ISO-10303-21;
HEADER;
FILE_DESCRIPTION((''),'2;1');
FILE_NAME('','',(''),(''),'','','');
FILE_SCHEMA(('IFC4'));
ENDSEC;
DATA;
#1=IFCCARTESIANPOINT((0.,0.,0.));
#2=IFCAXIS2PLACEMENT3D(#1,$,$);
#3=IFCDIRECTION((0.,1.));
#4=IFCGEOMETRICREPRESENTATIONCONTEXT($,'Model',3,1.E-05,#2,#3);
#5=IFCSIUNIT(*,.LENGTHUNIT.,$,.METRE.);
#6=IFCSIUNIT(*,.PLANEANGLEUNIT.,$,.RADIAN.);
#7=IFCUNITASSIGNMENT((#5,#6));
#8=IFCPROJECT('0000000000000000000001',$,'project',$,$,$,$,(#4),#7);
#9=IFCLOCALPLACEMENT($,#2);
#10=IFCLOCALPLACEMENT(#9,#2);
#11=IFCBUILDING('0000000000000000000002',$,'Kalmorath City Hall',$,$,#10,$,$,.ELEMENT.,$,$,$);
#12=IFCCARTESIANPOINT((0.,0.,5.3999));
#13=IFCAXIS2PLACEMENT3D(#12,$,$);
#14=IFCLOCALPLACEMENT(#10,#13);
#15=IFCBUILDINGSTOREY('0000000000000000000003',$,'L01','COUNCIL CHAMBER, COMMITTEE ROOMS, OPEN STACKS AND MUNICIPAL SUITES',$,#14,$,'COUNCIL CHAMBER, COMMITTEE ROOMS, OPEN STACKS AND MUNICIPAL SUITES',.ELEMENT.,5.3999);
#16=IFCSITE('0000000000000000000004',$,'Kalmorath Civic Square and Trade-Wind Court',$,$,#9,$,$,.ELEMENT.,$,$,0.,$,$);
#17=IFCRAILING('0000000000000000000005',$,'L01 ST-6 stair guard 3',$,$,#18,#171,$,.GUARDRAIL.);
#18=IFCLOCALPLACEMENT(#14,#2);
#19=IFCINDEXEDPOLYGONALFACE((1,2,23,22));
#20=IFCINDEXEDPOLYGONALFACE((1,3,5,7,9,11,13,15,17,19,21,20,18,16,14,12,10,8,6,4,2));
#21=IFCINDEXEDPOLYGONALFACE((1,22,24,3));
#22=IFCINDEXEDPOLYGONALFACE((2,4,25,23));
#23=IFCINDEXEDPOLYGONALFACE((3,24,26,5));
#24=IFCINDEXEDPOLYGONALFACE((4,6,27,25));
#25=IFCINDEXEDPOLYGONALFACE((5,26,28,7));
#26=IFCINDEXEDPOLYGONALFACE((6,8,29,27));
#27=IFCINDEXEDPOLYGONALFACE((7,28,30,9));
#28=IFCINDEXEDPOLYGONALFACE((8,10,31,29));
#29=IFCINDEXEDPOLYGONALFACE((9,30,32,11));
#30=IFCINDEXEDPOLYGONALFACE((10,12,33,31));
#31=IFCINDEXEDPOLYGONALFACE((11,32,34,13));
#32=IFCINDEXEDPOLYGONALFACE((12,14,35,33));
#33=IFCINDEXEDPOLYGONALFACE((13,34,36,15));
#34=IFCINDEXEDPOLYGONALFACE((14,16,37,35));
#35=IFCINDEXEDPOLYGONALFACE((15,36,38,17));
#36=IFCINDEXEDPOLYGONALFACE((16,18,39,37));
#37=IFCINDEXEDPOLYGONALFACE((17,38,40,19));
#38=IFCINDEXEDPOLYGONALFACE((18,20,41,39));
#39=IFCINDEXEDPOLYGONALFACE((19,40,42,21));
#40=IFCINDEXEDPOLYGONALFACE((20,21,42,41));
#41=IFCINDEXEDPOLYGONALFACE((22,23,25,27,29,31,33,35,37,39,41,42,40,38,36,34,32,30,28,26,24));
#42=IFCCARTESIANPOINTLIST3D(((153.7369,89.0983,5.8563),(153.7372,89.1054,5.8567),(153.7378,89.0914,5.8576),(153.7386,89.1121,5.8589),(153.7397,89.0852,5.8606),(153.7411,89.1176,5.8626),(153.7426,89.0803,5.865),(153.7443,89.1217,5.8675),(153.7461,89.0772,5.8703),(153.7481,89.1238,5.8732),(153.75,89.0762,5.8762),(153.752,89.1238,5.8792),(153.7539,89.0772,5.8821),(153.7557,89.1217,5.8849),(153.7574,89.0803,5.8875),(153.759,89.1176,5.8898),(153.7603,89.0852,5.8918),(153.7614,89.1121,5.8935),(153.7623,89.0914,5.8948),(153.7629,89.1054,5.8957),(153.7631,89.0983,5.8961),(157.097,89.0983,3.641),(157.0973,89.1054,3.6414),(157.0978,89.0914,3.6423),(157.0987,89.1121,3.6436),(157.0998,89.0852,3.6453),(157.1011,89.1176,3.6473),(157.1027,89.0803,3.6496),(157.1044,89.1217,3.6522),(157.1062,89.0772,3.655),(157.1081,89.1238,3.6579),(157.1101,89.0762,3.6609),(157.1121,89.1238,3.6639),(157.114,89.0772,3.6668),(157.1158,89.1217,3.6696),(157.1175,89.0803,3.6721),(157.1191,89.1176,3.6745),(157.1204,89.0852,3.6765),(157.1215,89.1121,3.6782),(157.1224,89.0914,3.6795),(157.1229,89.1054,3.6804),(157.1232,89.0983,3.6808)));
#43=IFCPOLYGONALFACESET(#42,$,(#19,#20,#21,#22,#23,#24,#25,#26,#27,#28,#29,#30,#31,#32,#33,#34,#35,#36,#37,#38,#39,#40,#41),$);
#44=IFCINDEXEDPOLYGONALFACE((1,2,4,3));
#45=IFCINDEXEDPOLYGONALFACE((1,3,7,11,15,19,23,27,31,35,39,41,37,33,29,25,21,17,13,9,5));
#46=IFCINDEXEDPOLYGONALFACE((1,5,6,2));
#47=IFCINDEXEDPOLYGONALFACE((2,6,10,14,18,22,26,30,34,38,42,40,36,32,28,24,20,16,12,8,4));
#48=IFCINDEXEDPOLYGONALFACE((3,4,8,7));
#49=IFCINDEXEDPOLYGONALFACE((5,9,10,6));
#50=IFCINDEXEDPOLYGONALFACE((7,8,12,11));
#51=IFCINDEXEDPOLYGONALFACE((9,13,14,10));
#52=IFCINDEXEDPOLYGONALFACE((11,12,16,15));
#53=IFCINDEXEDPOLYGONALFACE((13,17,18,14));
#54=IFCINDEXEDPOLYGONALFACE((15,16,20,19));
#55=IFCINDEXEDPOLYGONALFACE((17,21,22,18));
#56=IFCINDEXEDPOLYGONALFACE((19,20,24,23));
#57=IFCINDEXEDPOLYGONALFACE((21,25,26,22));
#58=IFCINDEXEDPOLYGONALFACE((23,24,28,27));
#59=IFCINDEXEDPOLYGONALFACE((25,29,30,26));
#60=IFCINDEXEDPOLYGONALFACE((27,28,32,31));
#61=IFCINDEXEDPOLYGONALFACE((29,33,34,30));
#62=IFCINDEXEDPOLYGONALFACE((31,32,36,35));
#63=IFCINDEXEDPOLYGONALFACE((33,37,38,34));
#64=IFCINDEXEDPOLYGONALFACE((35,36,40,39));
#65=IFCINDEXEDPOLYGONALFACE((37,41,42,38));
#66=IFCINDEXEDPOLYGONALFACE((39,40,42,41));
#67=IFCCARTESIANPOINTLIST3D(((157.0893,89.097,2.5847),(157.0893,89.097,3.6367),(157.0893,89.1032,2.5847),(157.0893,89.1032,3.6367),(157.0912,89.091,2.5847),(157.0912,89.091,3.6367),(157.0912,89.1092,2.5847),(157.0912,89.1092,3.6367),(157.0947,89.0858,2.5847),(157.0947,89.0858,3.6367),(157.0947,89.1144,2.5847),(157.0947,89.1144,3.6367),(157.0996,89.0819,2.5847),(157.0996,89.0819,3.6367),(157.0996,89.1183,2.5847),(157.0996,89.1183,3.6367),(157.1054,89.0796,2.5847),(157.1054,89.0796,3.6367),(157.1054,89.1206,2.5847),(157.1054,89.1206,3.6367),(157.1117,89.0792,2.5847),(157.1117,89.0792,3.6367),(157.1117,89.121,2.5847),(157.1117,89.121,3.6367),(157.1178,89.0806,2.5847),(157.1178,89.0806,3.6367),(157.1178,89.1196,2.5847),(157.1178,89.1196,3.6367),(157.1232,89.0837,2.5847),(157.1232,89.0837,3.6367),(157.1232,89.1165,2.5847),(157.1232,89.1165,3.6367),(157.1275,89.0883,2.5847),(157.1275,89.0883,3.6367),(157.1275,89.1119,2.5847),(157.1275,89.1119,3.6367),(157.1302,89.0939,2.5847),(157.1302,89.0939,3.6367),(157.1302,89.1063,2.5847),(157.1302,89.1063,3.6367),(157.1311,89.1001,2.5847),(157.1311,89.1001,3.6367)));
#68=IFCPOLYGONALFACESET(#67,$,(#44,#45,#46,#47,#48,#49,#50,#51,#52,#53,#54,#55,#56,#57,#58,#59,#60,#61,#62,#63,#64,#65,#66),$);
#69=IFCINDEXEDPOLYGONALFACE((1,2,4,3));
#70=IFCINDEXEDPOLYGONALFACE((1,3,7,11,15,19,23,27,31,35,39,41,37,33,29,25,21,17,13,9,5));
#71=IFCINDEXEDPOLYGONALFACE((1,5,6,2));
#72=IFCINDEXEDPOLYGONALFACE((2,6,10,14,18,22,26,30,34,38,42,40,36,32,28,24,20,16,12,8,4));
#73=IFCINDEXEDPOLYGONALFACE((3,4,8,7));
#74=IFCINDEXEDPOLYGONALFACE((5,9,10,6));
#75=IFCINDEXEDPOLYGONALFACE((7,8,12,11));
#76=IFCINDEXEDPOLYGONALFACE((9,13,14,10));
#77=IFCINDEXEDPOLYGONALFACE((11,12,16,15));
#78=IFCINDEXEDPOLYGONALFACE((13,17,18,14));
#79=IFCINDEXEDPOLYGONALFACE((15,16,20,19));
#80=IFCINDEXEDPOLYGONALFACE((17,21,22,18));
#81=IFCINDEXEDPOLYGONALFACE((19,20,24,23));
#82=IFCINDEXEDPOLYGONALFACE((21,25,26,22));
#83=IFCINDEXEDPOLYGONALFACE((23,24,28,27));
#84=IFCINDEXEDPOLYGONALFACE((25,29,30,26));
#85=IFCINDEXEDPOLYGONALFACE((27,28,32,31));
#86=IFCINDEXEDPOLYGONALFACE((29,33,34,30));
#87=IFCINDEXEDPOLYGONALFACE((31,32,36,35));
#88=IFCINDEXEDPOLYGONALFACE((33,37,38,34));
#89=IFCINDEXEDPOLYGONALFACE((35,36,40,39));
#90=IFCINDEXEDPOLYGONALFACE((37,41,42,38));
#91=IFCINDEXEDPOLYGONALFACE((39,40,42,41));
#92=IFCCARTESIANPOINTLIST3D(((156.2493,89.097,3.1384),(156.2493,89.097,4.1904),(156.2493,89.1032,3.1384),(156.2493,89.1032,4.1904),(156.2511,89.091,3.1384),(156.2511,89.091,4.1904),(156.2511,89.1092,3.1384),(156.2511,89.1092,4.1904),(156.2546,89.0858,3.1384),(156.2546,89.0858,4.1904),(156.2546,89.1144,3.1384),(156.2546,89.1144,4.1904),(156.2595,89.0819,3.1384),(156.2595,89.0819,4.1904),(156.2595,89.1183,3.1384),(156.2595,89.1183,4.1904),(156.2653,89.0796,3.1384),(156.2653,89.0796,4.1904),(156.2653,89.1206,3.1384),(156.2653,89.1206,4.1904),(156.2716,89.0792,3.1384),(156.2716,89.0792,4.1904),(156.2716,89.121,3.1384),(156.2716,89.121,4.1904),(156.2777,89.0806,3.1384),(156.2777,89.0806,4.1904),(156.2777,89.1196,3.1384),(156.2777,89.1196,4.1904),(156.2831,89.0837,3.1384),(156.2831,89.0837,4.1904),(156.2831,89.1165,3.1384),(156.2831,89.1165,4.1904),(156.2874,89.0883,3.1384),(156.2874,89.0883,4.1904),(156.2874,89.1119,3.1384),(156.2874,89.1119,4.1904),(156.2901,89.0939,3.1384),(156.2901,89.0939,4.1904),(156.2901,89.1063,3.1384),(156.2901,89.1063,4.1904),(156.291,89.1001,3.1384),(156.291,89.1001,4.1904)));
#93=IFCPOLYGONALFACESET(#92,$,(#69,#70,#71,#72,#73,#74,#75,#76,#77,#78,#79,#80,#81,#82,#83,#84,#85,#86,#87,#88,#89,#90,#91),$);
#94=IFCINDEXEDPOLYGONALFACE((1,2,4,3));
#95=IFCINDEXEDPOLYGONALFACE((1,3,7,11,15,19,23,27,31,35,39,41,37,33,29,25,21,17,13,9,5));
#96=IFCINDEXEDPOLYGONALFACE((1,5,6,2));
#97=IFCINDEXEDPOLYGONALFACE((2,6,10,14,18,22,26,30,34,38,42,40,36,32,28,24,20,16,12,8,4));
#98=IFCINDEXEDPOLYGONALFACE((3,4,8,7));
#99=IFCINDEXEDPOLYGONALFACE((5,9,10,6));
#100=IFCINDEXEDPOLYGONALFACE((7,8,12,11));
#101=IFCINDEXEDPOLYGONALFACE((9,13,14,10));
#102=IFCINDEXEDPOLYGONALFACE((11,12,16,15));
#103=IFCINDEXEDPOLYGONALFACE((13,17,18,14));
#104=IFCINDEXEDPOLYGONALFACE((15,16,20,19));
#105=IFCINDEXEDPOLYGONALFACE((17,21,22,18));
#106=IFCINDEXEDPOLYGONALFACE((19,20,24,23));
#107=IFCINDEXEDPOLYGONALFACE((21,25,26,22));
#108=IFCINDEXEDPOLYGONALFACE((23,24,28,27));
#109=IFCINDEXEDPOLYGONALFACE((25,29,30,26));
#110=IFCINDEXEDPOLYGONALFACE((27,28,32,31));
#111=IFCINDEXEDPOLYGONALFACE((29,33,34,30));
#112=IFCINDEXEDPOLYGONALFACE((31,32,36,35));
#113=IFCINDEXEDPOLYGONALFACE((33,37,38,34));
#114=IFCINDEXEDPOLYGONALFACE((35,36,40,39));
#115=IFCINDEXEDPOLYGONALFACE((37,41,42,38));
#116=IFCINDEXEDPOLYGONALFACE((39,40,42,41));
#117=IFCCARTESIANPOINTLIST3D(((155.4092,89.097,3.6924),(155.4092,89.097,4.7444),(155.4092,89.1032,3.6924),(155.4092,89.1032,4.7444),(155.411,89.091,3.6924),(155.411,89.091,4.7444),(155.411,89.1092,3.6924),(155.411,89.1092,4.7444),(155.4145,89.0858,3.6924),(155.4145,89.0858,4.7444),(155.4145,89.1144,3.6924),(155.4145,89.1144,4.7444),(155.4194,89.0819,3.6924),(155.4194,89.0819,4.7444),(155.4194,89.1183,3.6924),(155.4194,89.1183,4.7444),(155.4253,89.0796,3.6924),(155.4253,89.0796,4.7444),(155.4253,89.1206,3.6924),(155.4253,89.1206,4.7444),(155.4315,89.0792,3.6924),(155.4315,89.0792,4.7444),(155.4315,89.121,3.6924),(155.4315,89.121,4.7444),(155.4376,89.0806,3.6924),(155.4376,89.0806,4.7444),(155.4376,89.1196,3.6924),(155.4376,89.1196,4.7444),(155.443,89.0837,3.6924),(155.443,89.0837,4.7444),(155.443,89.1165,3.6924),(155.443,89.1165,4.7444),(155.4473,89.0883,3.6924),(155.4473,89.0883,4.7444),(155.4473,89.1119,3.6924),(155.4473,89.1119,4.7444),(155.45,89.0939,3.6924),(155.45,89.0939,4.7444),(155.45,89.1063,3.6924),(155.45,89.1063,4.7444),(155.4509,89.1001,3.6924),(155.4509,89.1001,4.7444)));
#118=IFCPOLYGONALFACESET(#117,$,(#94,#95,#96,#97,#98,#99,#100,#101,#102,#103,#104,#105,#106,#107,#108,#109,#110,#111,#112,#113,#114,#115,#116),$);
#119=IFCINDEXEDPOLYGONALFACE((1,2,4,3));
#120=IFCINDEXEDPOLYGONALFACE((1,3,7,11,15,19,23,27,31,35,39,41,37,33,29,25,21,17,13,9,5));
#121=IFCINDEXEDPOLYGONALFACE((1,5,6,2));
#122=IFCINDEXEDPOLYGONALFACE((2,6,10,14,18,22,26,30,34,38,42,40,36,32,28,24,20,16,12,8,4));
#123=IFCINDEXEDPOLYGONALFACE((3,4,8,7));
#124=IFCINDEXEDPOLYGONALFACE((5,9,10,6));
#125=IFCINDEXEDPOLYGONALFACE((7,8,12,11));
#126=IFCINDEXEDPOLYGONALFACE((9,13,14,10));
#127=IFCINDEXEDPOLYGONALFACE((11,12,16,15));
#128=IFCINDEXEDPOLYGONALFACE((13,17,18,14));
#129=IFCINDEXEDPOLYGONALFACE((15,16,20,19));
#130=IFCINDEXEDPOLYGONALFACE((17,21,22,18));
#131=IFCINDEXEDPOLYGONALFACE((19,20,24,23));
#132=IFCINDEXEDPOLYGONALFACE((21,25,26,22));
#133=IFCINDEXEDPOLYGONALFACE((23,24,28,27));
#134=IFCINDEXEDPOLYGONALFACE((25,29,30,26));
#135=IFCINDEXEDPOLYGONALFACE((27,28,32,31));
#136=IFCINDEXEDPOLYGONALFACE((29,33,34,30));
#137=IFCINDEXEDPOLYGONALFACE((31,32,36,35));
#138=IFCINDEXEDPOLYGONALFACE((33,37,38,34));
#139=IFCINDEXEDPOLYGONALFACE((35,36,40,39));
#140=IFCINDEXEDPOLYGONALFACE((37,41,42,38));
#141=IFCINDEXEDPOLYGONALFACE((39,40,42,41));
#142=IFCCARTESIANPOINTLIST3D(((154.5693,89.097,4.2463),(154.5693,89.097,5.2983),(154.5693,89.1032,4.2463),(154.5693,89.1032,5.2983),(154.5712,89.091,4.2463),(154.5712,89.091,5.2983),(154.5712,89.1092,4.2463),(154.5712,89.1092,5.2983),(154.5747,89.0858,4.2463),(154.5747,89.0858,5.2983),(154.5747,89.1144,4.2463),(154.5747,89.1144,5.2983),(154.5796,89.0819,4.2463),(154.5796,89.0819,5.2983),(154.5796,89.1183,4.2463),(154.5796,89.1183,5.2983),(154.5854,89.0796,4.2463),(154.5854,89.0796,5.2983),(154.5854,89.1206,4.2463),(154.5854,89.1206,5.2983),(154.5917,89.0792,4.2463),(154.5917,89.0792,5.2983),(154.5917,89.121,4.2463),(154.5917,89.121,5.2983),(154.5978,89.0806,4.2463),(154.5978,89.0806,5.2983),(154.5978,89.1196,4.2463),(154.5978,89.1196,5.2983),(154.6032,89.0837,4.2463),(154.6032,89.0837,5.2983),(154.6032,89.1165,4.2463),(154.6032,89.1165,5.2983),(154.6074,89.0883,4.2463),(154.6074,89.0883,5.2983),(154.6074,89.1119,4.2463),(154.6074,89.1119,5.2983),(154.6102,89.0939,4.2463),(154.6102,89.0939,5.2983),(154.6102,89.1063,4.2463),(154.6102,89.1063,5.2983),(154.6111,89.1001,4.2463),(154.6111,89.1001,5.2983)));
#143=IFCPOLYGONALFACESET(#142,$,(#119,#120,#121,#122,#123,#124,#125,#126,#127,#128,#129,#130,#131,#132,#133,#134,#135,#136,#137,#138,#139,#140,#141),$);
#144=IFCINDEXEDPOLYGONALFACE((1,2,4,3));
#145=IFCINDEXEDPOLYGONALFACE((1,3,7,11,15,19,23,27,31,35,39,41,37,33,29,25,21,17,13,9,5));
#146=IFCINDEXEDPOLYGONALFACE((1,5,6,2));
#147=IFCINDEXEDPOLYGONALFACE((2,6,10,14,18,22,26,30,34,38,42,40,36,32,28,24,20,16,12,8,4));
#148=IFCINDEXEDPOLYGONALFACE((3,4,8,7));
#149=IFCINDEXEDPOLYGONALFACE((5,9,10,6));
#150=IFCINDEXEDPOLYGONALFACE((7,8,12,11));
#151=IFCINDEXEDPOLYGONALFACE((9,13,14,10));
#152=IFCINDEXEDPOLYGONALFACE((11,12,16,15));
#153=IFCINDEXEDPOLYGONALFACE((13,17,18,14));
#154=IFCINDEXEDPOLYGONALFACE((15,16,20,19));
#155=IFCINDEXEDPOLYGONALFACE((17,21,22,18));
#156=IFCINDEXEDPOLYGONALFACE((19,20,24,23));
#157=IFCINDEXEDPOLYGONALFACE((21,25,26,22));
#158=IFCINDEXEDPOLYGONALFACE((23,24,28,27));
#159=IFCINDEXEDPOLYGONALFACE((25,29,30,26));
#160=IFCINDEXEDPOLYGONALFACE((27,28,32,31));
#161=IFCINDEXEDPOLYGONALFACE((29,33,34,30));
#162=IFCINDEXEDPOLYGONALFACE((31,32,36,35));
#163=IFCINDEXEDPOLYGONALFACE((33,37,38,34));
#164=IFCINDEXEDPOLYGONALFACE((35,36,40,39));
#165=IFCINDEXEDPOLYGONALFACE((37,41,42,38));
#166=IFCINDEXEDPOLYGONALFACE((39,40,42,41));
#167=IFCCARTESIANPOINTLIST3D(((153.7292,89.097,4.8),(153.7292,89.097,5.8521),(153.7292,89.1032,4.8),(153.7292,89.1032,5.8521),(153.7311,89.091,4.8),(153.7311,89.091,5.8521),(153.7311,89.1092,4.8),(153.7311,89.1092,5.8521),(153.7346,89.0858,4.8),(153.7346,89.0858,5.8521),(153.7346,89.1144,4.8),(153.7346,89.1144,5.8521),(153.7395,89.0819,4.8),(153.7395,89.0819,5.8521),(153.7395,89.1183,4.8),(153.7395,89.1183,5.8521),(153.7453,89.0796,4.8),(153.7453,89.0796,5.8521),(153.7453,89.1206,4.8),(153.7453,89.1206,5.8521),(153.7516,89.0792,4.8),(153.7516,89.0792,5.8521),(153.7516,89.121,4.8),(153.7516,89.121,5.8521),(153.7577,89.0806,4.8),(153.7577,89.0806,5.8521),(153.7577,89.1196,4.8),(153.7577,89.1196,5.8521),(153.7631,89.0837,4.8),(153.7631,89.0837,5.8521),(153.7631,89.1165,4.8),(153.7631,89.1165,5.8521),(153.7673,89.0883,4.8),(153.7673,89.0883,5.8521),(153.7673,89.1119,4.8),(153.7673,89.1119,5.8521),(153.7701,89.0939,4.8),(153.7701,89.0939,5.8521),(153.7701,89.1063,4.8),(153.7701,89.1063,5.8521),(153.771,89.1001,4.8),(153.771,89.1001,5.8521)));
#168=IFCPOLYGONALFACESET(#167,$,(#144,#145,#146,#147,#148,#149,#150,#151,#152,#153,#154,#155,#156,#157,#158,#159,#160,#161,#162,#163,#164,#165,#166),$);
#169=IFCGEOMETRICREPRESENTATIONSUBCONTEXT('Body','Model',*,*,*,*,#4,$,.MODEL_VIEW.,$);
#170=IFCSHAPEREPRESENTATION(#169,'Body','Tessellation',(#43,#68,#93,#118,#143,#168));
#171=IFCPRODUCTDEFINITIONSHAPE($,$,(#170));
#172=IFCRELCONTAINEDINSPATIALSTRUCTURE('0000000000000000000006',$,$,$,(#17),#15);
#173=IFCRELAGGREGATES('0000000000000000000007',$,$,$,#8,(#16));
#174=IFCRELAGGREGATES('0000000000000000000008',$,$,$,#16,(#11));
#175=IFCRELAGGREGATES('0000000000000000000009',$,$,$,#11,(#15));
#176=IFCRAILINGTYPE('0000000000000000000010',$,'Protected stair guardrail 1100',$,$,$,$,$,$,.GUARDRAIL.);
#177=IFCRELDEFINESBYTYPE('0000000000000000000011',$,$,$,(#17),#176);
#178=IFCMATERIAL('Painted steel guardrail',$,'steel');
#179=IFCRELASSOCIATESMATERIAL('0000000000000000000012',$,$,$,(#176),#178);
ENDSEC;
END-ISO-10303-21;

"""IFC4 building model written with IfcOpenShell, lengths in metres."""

from ifc_helpers import new_model, si_unit, direction, frame, origin, origin_2d, place, context, subcontext, project, spatial, circle, extrude, material, type_object, element, save


model = new_model("IFC4")

# Units and contexts
model_context = context("Model", 3, precision=1e-05, world=origin(), true_north=direction((0.0, 1.0)))
body_context = subcontext(model_context, "Body", "Model", "MODEL_VIEW")
ifc_project = project(units=[si_unit("LENGTHUNIT", "METRE"), si_unit("PLANEANGLEUNIT", "RADIAN")], contexts=[model_context])

# Site, building, storey
site_placement = place(None, origin())
site = spatial("IfcSite", under=ifc_project, at=site_placement, Name="Kalmorath Civic Square and Trade-Wind Court", CompositionType="ELEMENT", RefElevation=0.0)
building_placement = place(site_placement, origin())
building = spatial("IfcBuilding", under=site, at=building_placement, Name="Kalmorath City Hall", CompositionType="ELEMENT")
storey_placement = place(building_placement, frame((0.0, 0.0, 5.3999)))
storey = spatial("IfcBuildingStorey", under=building, at=storey_placement, Name="L01", Description="COUNCIL CHAMBER, COMMITTEE ROOMS, OPEN STACKS AND MUNICIPAL SUITES", LongName="COUNCIL CHAMBER, COMMITTEE ROOMS, OPEN STACKS AND MUNICIPAL SUITES", CompositionType="ELEMENT", Elevation=5.3999)

# Railing
ifc_material_1 = material(Name="Painted steel guardrail", Category="steel")
railing_type_1 = type_object("IfcRailingType", Name="Protected stair guardrail 1100", PredefinedType="GUARDRAIL", material=ifc_material_1)
railing_1_placement = place(storey_placement, frame((157.1101, 89.1001, 2.5847)))
element("IfcRailing", 1, at=railing_1_placement, inside=storey, type_object=railing_type_1, Name="L01 ST-6 stair guard 3", PredefinedType="GUARDRAIL", context=body_context, shape_type="SweptSolid", body=[
    extrude(circle(Radius=0.0239, at=origin_2d()), frame((0.0, 0.0, 1.0762), z_axis=(-0.834876, 0.0, 0.550437), x_axis=(0.0, -1.0, 0.0)), (0.0, 0.0, 1.0), 4.0247),
    extrude(circle(Radius=0.021, at=origin_2d()), origin(), (0.0, 0.0, 1.0), 1.052),
    extrude(circle(Radius=0.021, at=origin_2d()), frame((-0.8401, 0.0, 0.5537)), (0.0, 0.0, 1.0), 1.052),
    extrude(circle(Radius=0.021, at=origin_2d()), frame((-1.6802, 0.0, 1.1077)), (0.0, 0.0, 1.0), 1.052),
    extrude(circle(Radius=0.021, at=origin_2d()), frame((-2.52, 0.0, 1.6616)), (0.0, 0.0, 1.0), 1.052),
    extrude(circle(Radius=0.021, at=origin_2d()), frame((-3.3601, 0.0, 2.2153)), (0.0, 0.0, 1.0), 1.052),
])

save(model, "model.ifc")
